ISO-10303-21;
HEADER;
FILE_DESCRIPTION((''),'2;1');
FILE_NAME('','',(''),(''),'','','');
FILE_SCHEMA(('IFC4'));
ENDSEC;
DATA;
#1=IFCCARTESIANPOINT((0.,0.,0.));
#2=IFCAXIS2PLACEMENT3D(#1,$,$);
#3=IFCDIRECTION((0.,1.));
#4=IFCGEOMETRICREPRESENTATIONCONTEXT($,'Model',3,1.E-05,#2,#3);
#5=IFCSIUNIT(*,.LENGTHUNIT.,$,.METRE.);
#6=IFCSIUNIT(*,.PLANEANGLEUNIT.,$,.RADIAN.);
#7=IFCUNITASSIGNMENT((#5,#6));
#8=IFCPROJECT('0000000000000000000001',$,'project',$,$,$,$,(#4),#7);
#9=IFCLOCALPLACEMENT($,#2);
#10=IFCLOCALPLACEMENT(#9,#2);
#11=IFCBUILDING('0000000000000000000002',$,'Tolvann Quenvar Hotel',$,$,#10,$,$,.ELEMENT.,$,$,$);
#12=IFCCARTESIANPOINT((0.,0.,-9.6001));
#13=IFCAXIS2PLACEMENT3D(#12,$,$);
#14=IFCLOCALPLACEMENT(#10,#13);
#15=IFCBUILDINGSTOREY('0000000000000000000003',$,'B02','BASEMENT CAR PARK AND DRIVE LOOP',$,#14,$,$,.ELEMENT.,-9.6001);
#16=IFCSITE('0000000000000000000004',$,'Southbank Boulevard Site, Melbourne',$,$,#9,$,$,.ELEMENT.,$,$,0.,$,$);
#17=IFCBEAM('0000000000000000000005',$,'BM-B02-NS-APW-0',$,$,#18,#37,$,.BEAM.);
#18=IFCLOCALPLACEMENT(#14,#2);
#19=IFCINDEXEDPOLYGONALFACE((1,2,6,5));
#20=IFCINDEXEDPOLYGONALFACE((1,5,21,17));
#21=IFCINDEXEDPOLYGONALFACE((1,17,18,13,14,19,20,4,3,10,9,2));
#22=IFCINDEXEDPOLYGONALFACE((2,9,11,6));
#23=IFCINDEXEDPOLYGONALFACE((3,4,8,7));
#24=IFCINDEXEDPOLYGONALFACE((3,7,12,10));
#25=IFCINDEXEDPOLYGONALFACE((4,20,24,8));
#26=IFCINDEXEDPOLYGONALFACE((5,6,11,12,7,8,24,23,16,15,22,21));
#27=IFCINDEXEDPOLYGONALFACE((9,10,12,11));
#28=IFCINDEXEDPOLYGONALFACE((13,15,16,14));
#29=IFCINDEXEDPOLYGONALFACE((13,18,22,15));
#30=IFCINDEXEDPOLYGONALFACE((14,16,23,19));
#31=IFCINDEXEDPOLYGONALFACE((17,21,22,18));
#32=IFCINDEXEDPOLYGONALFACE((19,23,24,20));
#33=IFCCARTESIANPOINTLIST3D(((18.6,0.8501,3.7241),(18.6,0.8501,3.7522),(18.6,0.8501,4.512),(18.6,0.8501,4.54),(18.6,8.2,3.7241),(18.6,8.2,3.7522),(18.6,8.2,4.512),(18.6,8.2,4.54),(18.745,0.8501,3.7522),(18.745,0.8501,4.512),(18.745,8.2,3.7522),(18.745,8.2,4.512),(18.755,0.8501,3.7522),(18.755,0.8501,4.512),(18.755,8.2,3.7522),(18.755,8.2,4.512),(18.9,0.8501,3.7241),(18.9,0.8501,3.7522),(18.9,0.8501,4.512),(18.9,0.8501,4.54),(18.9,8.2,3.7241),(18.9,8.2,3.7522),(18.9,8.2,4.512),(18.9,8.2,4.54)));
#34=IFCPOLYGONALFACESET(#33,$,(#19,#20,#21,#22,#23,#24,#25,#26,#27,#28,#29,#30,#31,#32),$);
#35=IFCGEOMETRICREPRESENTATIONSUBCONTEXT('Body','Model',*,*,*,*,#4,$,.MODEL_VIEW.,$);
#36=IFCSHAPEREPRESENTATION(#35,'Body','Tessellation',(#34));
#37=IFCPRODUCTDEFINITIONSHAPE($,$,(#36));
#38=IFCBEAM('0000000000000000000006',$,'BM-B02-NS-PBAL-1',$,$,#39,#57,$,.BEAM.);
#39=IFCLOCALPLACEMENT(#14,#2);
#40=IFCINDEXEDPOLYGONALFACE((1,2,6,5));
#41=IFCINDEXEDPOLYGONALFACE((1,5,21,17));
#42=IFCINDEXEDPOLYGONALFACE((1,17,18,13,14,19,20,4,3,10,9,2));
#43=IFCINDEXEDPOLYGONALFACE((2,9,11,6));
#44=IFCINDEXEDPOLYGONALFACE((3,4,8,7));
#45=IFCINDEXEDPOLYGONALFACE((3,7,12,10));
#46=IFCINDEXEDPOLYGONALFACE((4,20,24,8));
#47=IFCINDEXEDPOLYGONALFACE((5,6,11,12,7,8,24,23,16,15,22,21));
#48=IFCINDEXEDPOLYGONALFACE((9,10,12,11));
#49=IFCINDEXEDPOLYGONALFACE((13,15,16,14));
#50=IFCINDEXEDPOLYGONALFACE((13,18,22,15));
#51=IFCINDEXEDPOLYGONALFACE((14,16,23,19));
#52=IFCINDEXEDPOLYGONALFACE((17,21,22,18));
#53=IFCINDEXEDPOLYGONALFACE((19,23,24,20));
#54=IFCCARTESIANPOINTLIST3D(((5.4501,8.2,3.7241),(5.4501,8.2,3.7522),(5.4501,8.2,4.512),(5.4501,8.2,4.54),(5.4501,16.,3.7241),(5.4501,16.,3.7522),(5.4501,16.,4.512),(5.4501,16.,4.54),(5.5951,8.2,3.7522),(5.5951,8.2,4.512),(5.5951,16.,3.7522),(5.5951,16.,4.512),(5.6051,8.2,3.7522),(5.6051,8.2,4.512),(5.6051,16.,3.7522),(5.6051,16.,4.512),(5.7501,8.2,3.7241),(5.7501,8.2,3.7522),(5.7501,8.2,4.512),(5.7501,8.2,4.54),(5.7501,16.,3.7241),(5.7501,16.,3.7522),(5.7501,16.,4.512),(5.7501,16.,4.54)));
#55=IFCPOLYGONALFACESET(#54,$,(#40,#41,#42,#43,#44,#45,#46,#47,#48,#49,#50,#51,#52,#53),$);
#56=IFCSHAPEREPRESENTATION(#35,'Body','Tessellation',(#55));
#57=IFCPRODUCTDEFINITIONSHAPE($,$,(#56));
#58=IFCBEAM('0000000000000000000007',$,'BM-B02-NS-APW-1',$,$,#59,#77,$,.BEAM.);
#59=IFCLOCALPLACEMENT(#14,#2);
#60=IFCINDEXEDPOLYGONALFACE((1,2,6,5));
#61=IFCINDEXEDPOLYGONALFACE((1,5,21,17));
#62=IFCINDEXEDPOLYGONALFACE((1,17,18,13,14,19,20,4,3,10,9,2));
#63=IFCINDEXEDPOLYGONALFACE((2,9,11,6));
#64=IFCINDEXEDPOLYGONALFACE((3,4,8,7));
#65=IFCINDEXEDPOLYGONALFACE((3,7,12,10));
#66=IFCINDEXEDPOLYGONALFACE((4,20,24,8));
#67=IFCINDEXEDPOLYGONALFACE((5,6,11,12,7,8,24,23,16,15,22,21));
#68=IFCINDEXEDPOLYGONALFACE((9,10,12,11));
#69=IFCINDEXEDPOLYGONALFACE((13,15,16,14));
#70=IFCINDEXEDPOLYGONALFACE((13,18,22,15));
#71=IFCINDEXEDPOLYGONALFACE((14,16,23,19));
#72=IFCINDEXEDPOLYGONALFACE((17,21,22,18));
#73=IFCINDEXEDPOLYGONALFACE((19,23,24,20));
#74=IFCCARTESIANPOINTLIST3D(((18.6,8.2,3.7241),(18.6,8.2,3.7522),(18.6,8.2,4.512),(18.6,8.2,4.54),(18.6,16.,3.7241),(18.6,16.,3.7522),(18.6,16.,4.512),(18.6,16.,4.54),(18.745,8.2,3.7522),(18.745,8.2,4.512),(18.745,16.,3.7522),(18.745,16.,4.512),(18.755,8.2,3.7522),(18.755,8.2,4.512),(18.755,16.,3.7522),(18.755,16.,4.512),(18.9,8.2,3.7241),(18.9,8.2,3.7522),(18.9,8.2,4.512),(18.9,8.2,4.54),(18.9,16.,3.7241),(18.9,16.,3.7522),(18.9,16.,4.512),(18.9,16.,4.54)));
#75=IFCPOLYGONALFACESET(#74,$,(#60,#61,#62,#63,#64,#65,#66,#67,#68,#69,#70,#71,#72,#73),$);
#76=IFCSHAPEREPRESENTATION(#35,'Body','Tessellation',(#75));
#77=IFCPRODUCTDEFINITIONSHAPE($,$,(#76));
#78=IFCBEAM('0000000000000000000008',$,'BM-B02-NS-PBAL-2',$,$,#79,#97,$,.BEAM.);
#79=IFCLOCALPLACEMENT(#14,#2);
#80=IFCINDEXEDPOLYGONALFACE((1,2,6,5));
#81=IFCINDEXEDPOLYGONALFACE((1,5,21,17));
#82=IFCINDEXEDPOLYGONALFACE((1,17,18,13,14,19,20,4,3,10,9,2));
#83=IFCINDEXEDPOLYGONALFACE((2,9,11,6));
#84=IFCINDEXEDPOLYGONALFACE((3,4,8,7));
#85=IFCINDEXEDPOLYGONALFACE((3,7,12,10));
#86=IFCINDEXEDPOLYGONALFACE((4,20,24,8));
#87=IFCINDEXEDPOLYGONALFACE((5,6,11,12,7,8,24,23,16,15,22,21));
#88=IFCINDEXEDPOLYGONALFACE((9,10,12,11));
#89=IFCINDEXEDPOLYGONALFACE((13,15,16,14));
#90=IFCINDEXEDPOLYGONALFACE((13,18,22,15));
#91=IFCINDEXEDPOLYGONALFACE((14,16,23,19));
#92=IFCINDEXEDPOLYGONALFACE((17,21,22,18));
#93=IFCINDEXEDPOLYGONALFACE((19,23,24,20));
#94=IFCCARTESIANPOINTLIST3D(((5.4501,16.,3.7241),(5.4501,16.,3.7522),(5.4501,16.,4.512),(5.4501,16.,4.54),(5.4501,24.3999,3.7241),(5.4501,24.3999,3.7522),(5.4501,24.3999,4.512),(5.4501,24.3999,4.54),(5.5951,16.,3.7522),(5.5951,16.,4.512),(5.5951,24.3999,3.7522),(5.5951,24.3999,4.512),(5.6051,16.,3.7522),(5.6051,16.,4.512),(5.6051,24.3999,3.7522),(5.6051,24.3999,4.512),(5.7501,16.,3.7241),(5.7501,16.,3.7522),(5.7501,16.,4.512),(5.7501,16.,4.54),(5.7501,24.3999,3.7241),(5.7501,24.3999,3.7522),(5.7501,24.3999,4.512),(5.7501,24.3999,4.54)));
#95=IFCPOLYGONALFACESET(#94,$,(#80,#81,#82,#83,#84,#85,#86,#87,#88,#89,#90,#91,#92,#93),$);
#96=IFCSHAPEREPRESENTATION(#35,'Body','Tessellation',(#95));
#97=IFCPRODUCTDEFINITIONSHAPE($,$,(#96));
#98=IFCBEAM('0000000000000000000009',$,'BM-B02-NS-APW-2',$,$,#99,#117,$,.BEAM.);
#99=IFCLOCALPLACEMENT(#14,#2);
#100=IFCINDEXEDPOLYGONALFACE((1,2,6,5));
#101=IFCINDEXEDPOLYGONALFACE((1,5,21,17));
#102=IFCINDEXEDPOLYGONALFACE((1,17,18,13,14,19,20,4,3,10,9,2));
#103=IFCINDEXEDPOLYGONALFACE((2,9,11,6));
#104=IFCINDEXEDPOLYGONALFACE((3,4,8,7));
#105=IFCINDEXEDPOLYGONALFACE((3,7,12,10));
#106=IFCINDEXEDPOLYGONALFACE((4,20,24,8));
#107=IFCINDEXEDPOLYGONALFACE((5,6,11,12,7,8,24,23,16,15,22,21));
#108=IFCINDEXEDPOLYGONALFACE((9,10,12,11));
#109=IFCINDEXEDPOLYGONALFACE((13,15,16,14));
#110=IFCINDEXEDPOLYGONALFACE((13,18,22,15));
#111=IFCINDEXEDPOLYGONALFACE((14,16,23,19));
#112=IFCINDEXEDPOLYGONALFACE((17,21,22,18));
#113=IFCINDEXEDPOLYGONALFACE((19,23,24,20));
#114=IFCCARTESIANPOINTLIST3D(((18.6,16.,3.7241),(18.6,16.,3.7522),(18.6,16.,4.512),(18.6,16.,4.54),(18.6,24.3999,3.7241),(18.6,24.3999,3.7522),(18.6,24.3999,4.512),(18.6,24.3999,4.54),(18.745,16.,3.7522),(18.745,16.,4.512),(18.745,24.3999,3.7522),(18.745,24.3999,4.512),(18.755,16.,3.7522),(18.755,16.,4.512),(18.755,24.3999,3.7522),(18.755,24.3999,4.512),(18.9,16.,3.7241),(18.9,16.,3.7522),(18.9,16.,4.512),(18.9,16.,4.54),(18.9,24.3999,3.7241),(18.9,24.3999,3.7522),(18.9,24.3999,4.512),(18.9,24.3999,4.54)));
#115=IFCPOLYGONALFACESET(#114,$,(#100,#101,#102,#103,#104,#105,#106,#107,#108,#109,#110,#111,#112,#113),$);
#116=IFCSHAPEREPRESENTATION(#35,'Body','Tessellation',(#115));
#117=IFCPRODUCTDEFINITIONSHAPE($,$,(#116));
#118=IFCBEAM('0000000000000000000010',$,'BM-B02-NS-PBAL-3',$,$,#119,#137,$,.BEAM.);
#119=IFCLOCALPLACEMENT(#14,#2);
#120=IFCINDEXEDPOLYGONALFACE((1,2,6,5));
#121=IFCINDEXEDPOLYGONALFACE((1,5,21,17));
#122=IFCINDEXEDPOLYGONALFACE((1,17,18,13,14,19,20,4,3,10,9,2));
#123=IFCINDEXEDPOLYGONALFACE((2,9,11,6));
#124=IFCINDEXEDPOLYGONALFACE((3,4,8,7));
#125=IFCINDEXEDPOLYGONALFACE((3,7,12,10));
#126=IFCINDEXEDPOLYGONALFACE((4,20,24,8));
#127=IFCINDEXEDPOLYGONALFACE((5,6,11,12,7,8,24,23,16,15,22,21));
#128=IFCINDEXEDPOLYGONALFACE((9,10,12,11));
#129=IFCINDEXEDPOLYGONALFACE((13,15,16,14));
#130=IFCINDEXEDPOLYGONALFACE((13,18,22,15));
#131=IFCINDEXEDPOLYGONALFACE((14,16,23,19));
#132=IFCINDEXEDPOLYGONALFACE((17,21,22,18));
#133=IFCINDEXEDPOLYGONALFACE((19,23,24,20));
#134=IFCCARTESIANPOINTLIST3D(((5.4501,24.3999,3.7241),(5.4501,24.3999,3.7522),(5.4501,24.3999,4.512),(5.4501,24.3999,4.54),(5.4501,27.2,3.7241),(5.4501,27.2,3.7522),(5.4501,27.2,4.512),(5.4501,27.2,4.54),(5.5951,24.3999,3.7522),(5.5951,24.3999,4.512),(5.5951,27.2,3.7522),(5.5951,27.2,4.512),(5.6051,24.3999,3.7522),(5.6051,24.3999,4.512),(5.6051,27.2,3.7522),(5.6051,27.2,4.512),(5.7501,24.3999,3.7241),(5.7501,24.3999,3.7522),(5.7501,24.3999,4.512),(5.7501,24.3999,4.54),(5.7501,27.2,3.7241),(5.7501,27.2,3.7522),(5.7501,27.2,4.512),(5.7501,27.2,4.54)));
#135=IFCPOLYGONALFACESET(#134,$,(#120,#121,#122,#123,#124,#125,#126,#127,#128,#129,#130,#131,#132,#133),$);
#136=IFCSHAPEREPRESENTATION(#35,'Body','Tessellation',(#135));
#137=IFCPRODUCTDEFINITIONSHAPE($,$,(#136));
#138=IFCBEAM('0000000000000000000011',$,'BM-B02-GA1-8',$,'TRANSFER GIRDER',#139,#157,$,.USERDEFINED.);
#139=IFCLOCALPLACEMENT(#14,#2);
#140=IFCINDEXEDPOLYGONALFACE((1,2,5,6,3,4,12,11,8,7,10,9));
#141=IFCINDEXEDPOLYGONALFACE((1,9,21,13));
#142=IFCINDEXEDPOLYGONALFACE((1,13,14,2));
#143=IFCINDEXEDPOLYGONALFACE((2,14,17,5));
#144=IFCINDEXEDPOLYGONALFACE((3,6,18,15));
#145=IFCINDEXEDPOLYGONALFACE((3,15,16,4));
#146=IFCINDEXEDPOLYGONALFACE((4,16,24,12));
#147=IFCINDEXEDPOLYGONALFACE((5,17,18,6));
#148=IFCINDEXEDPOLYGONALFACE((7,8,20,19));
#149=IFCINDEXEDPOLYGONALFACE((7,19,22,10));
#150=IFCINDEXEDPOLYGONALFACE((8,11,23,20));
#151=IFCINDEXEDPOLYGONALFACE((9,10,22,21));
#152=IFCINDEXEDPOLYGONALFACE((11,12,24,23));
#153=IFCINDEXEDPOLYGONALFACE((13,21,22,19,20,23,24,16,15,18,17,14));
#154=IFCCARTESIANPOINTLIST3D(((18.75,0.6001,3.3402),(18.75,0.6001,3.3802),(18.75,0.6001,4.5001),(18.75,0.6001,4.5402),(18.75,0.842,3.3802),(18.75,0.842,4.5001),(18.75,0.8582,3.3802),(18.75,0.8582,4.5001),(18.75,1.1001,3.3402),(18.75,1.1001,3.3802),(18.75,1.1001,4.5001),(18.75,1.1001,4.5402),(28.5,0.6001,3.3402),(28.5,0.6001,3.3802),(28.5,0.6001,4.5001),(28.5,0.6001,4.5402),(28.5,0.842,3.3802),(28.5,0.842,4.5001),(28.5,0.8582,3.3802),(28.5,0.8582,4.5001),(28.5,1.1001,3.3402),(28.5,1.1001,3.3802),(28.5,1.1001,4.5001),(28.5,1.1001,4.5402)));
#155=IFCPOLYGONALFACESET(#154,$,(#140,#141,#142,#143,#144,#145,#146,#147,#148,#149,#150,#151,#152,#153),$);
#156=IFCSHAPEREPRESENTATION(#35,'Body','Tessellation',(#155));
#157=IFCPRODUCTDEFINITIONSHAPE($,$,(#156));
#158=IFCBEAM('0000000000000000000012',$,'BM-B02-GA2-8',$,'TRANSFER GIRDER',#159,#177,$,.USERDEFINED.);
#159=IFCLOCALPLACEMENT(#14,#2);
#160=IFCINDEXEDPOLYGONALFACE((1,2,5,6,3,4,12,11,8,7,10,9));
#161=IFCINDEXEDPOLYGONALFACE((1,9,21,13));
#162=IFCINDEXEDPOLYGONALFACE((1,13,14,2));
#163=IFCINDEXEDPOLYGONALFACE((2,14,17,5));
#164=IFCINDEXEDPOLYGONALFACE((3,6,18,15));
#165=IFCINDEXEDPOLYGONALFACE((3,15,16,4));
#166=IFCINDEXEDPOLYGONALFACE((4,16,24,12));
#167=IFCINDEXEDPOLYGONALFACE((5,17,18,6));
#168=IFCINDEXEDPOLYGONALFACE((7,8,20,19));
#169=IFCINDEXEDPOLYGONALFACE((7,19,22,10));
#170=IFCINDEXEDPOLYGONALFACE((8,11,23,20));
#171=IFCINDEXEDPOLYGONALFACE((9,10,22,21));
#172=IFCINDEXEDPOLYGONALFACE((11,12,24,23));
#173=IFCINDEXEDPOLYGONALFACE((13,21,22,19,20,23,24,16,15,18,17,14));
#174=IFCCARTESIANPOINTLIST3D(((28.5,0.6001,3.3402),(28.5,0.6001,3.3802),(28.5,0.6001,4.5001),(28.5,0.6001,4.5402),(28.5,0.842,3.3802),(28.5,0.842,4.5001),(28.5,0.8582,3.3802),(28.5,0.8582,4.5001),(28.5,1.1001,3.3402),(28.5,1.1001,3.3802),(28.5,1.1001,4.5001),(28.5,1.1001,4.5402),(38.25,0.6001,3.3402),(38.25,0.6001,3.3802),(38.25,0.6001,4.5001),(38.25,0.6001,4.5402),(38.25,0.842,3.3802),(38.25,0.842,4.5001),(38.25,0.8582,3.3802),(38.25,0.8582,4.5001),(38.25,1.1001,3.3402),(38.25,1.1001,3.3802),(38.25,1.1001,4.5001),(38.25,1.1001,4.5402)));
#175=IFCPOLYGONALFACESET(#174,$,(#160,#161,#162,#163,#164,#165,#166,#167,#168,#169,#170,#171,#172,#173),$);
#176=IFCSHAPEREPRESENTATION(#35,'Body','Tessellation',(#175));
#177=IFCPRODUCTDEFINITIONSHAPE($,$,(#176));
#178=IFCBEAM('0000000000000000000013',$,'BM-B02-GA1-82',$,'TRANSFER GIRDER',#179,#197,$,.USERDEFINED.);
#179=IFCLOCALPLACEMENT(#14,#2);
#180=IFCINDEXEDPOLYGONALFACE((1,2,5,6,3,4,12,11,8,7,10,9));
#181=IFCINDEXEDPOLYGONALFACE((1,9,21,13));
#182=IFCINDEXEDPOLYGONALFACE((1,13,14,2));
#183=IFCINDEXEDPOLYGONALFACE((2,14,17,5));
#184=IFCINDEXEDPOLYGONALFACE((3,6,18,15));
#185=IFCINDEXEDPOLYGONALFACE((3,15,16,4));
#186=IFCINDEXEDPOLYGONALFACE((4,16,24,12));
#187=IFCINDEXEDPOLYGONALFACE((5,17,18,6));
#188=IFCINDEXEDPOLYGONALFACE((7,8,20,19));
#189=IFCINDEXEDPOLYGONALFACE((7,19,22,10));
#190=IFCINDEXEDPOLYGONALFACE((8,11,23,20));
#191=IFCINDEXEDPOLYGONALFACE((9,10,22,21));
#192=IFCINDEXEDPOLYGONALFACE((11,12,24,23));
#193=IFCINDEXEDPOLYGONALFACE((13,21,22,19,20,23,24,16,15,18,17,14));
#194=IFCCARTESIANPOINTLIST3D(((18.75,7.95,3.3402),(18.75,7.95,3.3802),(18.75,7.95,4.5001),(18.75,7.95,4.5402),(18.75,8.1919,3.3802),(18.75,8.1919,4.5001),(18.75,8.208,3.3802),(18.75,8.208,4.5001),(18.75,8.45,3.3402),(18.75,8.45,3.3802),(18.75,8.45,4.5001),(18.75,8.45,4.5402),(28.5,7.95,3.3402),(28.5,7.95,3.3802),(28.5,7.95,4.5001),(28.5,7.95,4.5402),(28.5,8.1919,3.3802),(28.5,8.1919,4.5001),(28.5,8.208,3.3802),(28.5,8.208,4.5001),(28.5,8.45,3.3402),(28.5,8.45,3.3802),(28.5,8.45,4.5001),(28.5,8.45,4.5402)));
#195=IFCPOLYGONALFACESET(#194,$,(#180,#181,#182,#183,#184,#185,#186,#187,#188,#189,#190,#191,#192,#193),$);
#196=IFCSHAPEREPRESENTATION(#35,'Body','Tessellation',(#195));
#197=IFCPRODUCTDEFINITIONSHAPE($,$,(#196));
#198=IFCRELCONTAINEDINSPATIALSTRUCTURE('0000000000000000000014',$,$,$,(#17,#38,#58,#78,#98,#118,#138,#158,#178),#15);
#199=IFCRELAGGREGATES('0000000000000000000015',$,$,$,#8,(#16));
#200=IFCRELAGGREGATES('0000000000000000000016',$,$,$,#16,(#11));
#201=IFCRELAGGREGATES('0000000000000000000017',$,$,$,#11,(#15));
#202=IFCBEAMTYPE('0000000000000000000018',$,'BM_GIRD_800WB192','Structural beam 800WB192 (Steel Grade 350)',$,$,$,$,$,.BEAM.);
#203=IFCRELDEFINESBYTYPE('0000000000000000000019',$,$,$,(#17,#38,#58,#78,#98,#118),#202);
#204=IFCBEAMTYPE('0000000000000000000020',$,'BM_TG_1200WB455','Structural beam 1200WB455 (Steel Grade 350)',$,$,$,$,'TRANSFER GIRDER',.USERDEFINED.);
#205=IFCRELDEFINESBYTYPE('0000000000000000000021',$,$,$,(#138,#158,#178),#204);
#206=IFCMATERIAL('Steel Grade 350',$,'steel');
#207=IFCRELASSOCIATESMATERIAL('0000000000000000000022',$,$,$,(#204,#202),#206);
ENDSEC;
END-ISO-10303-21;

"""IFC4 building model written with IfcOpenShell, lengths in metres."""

from ifc_helpers import new_model, si_unit, direction, frame, origin, origin_2d, place, context, subcontext, project, spatial, i_section, extrude, source, transform, mapped, material, material_profile, profile_set, type_object, type_shapes, element, save


model = new_model("IFC4")

# Units and contexts
model_context = context("Model", 3, precision=1e-05, world=origin(), true_north=direction((0.0, 1.0)))
body_context = subcontext(model_context, "Body", "Model", "MODEL_VIEW")
ifc_project = project(units=[si_unit("LENGTHUNIT", "METRE"), si_unit("PLANEANGLEUNIT", "RADIAN")], contexts=[model_context])

# Site, building, storey
site_placement = place(None, origin())
site = spatial("IfcSite", under=ifc_project, at=site_placement, Name="Southbank Boulevard Site, Melbourne", CompositionType="ELEMENT", RefElevation=0.0)
building_placement = place(site_placement, origin())
building = spatial("IfcBuilding", under=site, at=building_placement, Name="Tolvann Quenvar Hotel", CompositionType="ELEMENT")
storey_placement = place(building_placement, frame((0.0, 0.0, -9.6001)))
storey = spatial("IfcBuildingStorey", under=building, at=storey_placement, Name="B02", Description="BASEMENT CAR PARK AND DRIVE LOOP", CompositionType="ELEMENT", Elevation=-9.6001)

# Beams
ifc_material_1 = material(Name="Steel Grade 350", Category="steel")
ifc_material_profile_1 = material_profile(ifc_material_1, i_section(OverallWidth=0.5, OverallDepth=1.2, WebThickness=0.0161, FlangeThickness=0.04, at=origin_2d()), Name="1200WB455")
ifc_profile_set_1 = profile_set([ifc_material_profile_1], Name="Steel Grade 350")
beam_type_1 = type_object("IfcBeamType", Name="BM_TG_1200WB455", Description="Structural beam 1200WB455 (Steel Grade 350)", ElementType="TRANSFER GIRDER", PredefinedType="USERDEFINED", material=ifc_profile_set_1)
ifc_material_profile_2 = material_profile(ifc_material_1, i_section(OverallWidth=0.3, OverallDepth=0.8159, WebThickness=0.01, FlangeThickness=0.0281, at=origin_2d()), Name="800WB192")
ifc_profile_set_2 = profile_set([ifc_material_profile_2], Name="Steel Grade 350")
beam_type_2 = type_object("IfcBeamType", Name="BM_GIRD_800WB192", Description="Structural beam 800WB192 (Steel Grade 350)", PredefinedType="BEAM", material=ifc_profile_set_2)
shared_shape_1 = source(origin(), body_context, "Body", "SweptSolid", [
    extrude(i_section(OverallWidth=0.3, OverallDepth=0.8159, WebThickness=0.01, FlangeThickness=0.0281, at=origin_2d()), origin(), (0.0, 0.0, 1.0), 7.3499),
])
beam_1_placement = place(storey_placement, frame((18.75, 0.8501, 4.1321), z_axis=(0.0, 1.0, 0.0), x_axis=(-1.0, 0.0, 0.0)))
element("IfcBeam", 1, at=beam_1_placement, inside=storey, type_object=beam_type_2, Name="BM-B02-NS-APW-0", PredefinedType="BEAM", context=body_context, shape_type="MappedRepresentation", body=[
    mapped(shared_shape_1, transform((0.0, 0.0, 0.0), x_axis=(1.0, 0.0, 0.0), y_axis=(0.0, 1.0, 0.0), z_axis=(0.0, 0.0, 1.0), scale=1.0)),
])
shared_shape_2 = source(origin(), body_context, "Body", "SweptSolid", [
    extrude(i_section(OverallWidth=0.3, OverallDepth=0.8159, WebThickness=0.01, FlangeThickness=0.0281, at=origin_2d()), origin(), (0.0, 0.0, 1.0), 7.8),
])
for number, where, z_axis, x_axis, name in (
    (2, (5.6001, 8.2, 4.1321), (0.0, 1.0, 0.0), (-1.0, 0.0, 0.0), "BM-B02-NS-PBAL-1"),
    (3, (18.75, 8.2, 4.1321), (0.0, 1.0, 0.0), (-1.0, 0.0, 0.0), "BM-B02-NS-APW-1"),
):
    element("IfcBeam", number, at=place(storey_placement, frame(where, z_axis=z_axis, x_axis=x_axis)), inside=storey, type_object=beam_type_2, Name=name, PredefinedType="BEAM", context=body_context, shape_type="MappedRepresentation", body=[
        mapped(shared_shape_2, transform((0.0, 0.0, 0.0), x_axis=(1.0, 0.0, 0.0), y_axis=(0.0, 1.0, 0.0), z_axis=(0.0, 0.0, 1.0), scale=1.0)),
    ])
shared_shape_3 = source(origin(), body_context, "Body", "SweptSolid", [
    extrude(i_section(OverallWidth=0.3, OverallDepth=0.8159, WebThickness=0.01, FlangeThickness=0.0281, at=origin_2d()), origin(), (0.0, 0.0, 1.0), 8.3999),
])
for number, where, z_axis, x_axis, name in (
    (4, (5.6001, 16.0, 4.1321), (0.0, 1.0, 0.0), (-1.0, 0.0, 0.0), "BM-B02-NS-PBAL-2"),
    (5, (18.75, 16.0, 4.1321), (0.0, 1.0, 0.0), (-1.0, 0.0, 0.0), "BM-B02-NS-APW-2"),
):
    element("IfcBeam", number, at=place(storey_placement, frame(where, z_axis=z_axis, x_axis=x_axis)), inside=storey, type_object=beam_type_2, Name=name, PredefinedType="BEAM", context=body_context, shape_type="MappedRepresentation", body=[
        mapped(shared_shape_3, transform((0.0, 0.0, 0.0), x_axis=(1.0, 0.0, 0.0), y_axis=(0.0, 1.0, 0.0), z_axis=(0.0, 0.0, 1.0), scale=1.0)),
    ])
shared_shape_4 = source(origin(), body_context, "Body", "SweptSolid", [
    extrude(i_section(OverallWidth=0.3, OverallDepth=0.8159, WebThickness=0.01, FlangeThickness=0.0281, at=origin_2d()), origin(), (0.0, 0.0, 1.0), 2.8),
])
type_shapes(beam_type_2, [shared_shape_1, shared_shape_2, shared_shape_3, shared_shape_4])
beam_2_placement = place(storey_placement, frame((5.6001, 24.3999, 4.1321), z_axis=(0.0, 1.0, 0.0), x_axis=(-1.0, 0.0, 0.0)))
element("IfcBeam", 6, at=beam_2_placement, inside=storey, type_object=beam_type_2, Name="BM-B02-NS-PBAL-3", PredefinedType="BEAM", context=body_context, shape_type="MappedRepresentation", body=[
    mapped(shared_shape_4, transform((0.0, 0.0, 0.0), x_axis=(1.0, 0.0, 0.0), y_axis=(0.0, 1.0, 0.0), z_axis=(0.0, 0.0, 1.0), scale=1.0)),
])
shared_shape_5 = source(origin(), body_context, "Body", "SweptSolid", [
    extrude(i_section(OverallWidth=0.5, OverallDepth=1.2, WebThickness=0.0161, FlangeThickness=0.04, at=origin_2d()), origin(), (0.0, 0.0, 1.0), 9.75),
])
for number, where, z_axis, x_axis, name in (
    (7, (18.75, 0.8501, 3.9402), (1.0, 0.0, 0.0), (0.0, 1.0, 0.0), "BM-B02-GA1-8"),
    (8, (28.5, 0.8501, 3.9402), (1.0, 0.0, 0.0), (0.0, 1.0, 0.0), "BM-B02-GA2-8"),
    (9, (18.75, 8.2, 3.9402), (1.0, 0.0, 0.0), (0.0, 1.0, 0.0), "BM-B02-GA1-82"),
):
    element("IfcBeam", number, at=place(storey_placement, frame(where, z_axis=z_axis, x_axis=x_axis)), inside=storey, type_object=beam_type_1, Name=name, ObjectType="TRANSFER GIRDER", PredefinedType="USERDEFINED", context=body_context, shape_type="MappedRepresentation", body=[
        mapped(shared_shape_5, transform((0.0, 0.0, 0.0), x_axis=(1.0, 0.0, 0.0), y_axis=(0.0, 1.0, 0.0), z_axis=(0.0, 0.0, 1.0), scale=1.0)),
    ])

save(model, "model.ifc")
